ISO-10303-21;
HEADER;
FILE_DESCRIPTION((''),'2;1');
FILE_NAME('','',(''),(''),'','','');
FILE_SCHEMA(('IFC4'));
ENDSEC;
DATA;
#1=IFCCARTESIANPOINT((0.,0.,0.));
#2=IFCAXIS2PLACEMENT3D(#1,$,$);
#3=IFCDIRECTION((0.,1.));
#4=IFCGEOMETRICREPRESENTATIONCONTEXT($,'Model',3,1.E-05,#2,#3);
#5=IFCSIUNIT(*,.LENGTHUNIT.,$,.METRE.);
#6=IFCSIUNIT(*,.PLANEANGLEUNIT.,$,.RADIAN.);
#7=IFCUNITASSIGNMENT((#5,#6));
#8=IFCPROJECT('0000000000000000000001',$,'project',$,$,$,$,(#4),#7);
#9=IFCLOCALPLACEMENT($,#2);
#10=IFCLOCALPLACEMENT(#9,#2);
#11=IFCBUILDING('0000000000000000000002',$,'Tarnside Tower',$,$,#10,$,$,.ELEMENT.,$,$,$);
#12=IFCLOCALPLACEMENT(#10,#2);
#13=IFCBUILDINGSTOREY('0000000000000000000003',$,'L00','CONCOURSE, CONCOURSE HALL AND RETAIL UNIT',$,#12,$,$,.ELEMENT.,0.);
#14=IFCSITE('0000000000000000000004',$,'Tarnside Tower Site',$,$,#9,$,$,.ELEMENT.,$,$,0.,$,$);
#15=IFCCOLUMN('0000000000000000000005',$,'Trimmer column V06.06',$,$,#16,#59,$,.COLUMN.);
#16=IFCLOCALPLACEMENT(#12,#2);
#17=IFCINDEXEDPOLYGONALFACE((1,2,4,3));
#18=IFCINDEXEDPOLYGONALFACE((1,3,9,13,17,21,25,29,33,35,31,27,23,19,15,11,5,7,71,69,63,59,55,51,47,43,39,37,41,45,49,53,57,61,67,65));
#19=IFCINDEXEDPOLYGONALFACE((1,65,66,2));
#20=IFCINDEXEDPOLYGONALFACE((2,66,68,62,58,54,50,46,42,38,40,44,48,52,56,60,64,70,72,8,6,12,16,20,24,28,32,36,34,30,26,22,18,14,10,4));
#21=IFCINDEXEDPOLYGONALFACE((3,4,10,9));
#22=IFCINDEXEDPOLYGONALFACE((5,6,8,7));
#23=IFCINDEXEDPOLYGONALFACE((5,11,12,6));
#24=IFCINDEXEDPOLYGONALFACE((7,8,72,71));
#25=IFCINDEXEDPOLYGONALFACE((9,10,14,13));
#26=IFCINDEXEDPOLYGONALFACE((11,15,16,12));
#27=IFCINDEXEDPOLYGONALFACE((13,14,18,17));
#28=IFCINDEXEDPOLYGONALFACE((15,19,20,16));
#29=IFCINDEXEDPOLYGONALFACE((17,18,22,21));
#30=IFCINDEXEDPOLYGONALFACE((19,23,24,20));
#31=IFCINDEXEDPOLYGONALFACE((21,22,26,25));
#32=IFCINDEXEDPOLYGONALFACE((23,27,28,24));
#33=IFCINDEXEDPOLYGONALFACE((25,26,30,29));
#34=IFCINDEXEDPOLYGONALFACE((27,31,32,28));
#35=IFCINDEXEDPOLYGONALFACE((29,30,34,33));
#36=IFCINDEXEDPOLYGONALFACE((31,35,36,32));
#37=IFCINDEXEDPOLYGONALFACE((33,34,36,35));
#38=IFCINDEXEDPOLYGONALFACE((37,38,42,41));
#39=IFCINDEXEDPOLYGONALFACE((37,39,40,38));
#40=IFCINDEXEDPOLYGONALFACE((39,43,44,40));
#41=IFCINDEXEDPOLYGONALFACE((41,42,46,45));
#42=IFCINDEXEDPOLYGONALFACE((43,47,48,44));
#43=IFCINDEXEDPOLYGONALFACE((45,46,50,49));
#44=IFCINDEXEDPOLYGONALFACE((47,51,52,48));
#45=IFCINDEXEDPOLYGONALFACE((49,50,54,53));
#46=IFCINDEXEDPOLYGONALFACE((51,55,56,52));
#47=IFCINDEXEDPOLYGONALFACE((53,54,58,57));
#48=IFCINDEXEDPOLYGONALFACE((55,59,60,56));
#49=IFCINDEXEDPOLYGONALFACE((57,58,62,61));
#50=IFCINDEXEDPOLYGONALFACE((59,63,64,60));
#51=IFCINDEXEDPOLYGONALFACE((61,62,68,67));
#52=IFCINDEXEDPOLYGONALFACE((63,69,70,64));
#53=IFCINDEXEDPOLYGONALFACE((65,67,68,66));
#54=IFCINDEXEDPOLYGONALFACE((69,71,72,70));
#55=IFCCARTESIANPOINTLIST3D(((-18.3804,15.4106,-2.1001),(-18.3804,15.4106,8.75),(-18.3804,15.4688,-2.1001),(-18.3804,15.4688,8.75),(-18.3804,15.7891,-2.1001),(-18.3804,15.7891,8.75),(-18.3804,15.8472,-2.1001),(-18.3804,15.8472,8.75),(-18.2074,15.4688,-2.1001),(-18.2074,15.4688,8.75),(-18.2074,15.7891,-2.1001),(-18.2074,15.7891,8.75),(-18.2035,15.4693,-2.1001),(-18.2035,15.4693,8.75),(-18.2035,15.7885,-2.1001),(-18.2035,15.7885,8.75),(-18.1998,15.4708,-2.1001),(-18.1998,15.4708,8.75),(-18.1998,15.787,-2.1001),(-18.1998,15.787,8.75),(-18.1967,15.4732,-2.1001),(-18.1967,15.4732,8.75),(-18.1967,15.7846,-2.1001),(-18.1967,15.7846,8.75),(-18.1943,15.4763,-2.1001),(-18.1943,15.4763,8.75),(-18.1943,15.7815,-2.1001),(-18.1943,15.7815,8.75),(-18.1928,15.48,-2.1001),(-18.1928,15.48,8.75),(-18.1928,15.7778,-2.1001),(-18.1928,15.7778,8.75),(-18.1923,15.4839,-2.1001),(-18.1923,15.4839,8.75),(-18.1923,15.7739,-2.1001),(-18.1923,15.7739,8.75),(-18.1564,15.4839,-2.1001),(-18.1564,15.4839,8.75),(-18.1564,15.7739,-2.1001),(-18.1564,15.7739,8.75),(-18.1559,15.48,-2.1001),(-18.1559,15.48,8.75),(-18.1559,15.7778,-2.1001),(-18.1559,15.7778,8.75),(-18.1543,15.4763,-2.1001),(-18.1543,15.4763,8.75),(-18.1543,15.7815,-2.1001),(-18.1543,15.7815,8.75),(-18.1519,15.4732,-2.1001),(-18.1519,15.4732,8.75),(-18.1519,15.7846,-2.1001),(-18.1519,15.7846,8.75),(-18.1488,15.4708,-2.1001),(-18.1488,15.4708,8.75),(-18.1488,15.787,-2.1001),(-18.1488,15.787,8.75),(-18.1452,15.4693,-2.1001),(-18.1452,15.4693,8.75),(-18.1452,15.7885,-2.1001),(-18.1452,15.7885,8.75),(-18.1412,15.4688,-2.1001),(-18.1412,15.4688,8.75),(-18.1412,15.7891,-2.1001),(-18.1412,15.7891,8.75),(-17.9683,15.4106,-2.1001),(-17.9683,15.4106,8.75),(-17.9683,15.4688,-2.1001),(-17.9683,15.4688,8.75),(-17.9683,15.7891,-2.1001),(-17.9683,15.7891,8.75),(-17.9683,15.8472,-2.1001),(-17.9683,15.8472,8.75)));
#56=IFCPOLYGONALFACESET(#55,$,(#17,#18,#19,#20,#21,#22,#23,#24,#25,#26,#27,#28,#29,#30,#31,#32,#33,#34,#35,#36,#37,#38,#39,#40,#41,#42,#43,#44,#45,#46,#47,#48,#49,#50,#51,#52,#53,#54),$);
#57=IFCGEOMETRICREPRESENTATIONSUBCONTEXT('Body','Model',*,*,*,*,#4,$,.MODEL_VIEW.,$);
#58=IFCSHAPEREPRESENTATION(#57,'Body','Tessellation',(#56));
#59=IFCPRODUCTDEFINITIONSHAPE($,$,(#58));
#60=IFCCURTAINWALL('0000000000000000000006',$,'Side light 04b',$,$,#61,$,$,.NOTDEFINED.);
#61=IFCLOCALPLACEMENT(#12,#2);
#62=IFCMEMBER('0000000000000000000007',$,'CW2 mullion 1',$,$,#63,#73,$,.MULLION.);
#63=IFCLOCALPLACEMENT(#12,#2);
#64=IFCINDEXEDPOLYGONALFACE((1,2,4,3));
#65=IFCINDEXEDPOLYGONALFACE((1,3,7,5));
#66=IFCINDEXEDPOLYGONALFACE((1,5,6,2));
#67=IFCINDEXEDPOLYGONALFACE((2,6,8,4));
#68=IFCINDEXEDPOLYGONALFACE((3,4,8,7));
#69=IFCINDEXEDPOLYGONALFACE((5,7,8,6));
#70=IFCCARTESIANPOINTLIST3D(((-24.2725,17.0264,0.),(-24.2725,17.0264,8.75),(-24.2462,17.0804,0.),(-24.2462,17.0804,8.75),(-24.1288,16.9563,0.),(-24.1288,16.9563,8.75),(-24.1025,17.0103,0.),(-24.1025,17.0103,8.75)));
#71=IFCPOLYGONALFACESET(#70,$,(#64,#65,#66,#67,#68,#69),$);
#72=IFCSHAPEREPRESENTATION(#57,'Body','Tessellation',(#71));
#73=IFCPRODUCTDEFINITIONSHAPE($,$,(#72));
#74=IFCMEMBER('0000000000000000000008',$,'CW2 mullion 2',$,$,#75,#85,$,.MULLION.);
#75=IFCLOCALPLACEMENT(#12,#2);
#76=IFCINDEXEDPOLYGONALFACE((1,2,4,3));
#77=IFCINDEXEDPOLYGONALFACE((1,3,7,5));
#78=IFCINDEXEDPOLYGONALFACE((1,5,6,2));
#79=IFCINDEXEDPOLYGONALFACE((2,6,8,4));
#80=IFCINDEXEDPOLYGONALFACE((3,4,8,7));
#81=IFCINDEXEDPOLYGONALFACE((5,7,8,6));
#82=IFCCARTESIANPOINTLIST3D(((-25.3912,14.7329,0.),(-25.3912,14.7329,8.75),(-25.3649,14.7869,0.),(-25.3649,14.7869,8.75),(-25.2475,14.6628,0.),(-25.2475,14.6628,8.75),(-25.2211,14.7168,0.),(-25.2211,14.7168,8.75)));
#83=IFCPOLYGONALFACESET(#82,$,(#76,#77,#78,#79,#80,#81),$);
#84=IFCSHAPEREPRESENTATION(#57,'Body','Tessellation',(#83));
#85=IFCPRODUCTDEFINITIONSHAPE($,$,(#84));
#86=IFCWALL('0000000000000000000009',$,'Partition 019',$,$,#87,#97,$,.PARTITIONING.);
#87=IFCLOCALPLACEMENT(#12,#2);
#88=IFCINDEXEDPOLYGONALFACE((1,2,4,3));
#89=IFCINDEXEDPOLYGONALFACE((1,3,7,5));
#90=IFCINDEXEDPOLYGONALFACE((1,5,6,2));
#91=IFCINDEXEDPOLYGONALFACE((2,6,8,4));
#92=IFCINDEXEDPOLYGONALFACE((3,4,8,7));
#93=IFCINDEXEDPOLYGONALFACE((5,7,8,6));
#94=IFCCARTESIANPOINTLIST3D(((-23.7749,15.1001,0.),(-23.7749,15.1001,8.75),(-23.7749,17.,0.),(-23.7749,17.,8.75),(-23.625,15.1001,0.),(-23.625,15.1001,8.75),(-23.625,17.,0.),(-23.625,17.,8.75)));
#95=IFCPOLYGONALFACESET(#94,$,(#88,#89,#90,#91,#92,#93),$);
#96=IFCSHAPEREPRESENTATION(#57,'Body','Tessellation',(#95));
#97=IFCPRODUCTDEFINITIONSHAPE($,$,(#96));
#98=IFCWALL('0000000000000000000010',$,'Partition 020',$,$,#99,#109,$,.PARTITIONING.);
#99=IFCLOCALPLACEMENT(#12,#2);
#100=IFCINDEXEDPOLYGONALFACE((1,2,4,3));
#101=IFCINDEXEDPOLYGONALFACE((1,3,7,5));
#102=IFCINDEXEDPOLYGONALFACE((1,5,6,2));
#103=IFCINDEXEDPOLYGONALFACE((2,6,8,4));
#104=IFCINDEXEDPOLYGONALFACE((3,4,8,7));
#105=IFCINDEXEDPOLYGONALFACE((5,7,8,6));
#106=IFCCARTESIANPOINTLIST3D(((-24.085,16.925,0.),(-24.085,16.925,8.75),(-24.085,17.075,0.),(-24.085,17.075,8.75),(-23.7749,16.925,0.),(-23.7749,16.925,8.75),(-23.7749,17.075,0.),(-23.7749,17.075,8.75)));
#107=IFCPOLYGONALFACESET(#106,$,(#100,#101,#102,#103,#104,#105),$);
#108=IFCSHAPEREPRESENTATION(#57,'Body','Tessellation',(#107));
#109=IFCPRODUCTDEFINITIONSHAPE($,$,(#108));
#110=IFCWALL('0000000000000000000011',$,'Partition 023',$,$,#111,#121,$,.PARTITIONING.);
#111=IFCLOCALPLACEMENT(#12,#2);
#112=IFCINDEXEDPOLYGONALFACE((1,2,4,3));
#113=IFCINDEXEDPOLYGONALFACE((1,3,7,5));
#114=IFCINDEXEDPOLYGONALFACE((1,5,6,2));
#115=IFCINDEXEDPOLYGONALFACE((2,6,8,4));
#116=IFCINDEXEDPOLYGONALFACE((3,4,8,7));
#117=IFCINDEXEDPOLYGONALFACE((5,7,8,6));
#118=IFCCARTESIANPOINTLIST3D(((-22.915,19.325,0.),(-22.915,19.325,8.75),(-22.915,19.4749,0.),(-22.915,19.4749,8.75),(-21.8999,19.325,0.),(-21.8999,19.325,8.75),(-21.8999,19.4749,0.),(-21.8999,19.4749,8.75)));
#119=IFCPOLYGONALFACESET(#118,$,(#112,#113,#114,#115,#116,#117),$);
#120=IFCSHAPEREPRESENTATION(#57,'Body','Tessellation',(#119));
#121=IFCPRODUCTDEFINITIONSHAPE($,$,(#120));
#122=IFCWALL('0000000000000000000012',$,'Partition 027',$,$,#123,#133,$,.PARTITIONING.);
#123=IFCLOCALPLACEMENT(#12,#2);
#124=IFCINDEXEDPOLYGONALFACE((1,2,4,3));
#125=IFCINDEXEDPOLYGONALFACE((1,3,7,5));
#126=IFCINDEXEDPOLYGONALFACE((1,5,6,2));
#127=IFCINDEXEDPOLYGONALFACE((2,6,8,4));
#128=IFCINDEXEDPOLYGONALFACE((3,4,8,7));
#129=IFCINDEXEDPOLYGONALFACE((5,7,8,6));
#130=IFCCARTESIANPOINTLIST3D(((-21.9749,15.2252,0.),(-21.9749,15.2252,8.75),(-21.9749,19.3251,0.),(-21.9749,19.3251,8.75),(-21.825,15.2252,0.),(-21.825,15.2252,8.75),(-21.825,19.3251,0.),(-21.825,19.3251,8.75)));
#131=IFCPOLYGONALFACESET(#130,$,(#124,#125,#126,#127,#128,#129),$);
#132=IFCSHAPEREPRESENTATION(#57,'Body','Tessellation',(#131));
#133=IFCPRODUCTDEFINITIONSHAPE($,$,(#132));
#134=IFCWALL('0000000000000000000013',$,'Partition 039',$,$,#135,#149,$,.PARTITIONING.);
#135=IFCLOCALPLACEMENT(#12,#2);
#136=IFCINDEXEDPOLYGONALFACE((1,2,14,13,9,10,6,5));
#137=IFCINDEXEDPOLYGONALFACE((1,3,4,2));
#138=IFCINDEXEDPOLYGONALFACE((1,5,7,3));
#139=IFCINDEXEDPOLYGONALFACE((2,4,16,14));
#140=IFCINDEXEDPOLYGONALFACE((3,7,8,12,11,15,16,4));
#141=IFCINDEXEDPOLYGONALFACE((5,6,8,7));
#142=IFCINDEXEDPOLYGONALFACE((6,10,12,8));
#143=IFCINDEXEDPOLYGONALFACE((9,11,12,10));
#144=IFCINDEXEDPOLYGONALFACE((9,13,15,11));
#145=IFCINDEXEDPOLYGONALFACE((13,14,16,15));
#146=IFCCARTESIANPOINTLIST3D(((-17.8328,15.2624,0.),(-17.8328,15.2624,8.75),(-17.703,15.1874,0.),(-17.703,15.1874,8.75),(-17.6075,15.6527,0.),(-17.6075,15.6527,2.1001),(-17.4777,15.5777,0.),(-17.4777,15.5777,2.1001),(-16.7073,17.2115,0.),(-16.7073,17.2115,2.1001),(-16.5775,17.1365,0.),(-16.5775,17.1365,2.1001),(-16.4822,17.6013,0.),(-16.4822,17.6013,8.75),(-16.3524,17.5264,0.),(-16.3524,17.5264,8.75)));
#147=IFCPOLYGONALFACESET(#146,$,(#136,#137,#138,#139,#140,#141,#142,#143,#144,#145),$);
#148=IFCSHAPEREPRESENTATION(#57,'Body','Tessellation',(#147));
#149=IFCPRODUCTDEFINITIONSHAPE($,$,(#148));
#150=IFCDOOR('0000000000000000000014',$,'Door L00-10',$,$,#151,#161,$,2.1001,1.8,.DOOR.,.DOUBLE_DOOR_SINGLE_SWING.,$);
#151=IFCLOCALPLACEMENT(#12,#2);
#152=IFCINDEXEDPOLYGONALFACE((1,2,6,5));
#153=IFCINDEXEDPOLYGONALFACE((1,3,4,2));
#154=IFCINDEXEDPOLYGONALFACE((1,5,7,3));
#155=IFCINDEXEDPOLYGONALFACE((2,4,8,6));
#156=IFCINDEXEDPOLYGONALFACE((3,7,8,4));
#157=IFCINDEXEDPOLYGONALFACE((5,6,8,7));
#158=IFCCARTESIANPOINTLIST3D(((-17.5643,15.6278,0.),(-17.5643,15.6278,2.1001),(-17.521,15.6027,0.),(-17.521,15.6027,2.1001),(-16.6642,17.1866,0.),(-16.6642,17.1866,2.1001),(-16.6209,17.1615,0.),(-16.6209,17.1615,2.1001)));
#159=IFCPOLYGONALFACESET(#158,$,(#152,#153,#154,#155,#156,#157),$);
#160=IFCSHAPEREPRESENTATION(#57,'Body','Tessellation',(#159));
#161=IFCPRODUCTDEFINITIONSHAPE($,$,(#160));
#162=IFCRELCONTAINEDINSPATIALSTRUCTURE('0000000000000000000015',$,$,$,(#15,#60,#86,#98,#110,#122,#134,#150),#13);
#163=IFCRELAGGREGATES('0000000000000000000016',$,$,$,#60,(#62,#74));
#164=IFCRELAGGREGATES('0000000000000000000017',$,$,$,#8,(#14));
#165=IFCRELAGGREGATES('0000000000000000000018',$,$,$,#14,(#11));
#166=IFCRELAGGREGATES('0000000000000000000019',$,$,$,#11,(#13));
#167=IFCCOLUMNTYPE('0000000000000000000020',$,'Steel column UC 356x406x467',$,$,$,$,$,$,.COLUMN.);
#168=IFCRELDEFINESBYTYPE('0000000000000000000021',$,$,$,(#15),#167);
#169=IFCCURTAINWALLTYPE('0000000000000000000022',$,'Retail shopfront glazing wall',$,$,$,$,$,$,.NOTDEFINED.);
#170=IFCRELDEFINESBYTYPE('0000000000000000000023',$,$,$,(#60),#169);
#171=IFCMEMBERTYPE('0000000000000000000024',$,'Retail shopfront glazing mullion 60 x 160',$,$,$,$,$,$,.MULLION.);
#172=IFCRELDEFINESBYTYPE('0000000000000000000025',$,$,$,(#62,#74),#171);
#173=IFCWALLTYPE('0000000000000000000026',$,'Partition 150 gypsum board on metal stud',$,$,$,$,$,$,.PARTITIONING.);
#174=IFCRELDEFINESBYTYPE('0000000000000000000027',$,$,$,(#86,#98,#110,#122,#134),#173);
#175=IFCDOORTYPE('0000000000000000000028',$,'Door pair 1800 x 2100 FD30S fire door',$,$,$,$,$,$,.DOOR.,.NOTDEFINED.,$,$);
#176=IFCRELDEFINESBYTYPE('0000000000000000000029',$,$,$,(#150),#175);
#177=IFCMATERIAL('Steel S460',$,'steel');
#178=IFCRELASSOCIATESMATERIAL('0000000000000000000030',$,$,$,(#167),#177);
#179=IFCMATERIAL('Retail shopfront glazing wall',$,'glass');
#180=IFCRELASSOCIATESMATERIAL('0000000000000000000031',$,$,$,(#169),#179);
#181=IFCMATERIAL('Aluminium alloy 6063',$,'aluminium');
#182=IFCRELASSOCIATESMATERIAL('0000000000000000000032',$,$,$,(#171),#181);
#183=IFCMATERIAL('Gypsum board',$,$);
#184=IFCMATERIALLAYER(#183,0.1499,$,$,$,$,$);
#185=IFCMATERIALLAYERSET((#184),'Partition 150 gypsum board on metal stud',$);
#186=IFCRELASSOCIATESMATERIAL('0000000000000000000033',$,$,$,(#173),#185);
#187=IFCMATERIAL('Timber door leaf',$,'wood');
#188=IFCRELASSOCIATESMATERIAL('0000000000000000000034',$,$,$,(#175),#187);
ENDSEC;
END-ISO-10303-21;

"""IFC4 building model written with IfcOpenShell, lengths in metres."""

from ifc_helpers import new_model, si_unit, direction, frame, frame_2d, origin, origin_2d, place, context, subcontext, project, spatial, rectangle, i_section, extrude, material, layer, layer_set, material_profile, profile_set, type_object, element, fill, aggregate, save


model = new_model("IFC4")

# Units and contexts
model_context = context("Model", 3, precision=1e-05, world=origin(), true_north=direction((0.0, 1.0)))
body_context = subcontext(model_context, "Body", "Model", "MODEL_VIEW")
ifc_project = project(units=[si_unit("LENGTHUNIT", "METRE"), si_unit("PLANEANGLEUNIT", "RADIAN")], contexts=[model_context])

# Site, building, storey
site_placement = place(None, origin())
site = spatial("IfcSite", under=ifc_project, at=site_placement, Name="Tarnside Tower Site", CompositionType="ELEMENT", RefElevation=0.0)
building_placement = place(site_placement, origin())
building = spatial("IfcBuilding", under=site, at=building_placement, Name="Tarnside Tower", CompositionType="ELEMENT")
storey_placement = place(building_placement, origin())
storey = spatial("IfcBuildingStorey", under=building, at=storey_placement, Name="L00", Description="CONCOURSE, CONCOURSE HALL AND RETAIL UNIT", CompositionType="ELEMENT", Elevation=0.0)

# Column
ifc_material_1 = material(Name="Steel S460", Category="steel")
ifc_material_profile_1 = material_profile(ifc_material_1, i_section(OverallWidth=0.4121, OverallDepth=0.4365, WebThickness=0.0359, FlangeThickness=0.0581, FilletRadius=0.0151, at=origin_2d()), Name="UC 356x406x467")
ifc_profile_set_1 = profile_set([ifc_material_profile_1], Name="Steel S460")
column_type_1 = type_object("IfcColumnType", Name="Steel column UC 356x406x467", PredefinedType="COLUMN", material=ifc_profile_set_1)
for number, where, z_axis, x_axis, name in (
    (1, (-18.1743, 15.6289, -2.1001), (0.0, 0.0, 1.0), (1.0, 0.0, 0.0), "Trimmer column V06.06"),
):
    element("IfcColumn", number, at=place(storey_placement, frame(where, z_axis=z_axis, x_axis=x_axis)), inside=storey, type_object=column_type_1, Name=name, PredefinedType="COLUMN", context=body_context, shape_type="SweptSolid", body=[
        extrude(i_section(OverallWidth=0.4121, OverallDepth=0.4365, WebThickness=0.0359, FlangeThickness=0.0581, FilletRadius=0.0151, at=origin_2d()), origin(), (0.0, 0.0, 1.0), 10.8501),
    ])

# Curtain wall, members
ifc_material_2 = material(Name="Retail shopfront glazing wall", Category="glass")
curtain_wall_type = type_object("IfcCurtainWallType", Name="Retail shopfront glazing wall", PredefinedType="NOTDEFINED", material=ifc_material_2)
curtain_wall_placement = place(storey_placement, origin())
curtain_wall = element("IfcCurtainWall", 2, at=curtain_wall_placement, inside=storey, type_object=curtain_wall_type, Name="Side light 04b", PredefinedType="NOTDEFINED")
ifc_material_3 = material(Name="Aluminium alloy 6063", Category="aluminium")
ifc_material_profile_2 = material_profile(ifc_material_3, rectangle(XDim=0.1599, YDim=0.0601, at=origin_2d()), Name="Retail shopfront glazing mullion 60 x 160")
ifc_profile_set_2 = profile_set([ifc_material_profile_2], Name="Aluminium alloy 6063")
member_type = type_object("IfcMemberType", Name="Retail shopfront glazing mullion 60 x 160", PredefinedType="MULLION", material=ifc_profile_set_2)
member_1_placement = place(storey_placement, frame((-24.1875, 17.0183, 0.0), z_axis=(0.0, 0.0, 1.0), x_axis=(0.898794, -0.438371, 0.0)))
member_1 = element("IfcMember", 3, at=member_1_placement, type_object=member_type, Name="CW2 mullion 1", PredefinedType="MULLION", context=body_context, shape_type="SweptSolid", body=[
    extrude(rectangle(XDim=0.1599, YDim=0.0601, at=origin_2d()), origin(), (0.0, 0.0, 1.0), 8.75),
])
member_2_placement = place(storey_placement, frame((-25.3062, 14.7249, 0.0), z_axis=(0.0, 0.0, 1.0), x_axis=(0.898794, -0.438371, 0.0)))
member_2 = element("IfcMember", 4, at=member_2_placement, type_object=member_type, Name="CW2 mullion 2", PredefinedType="MULLION", context=body_context, shape_type="SweptSolid", body=[
    extrude(rectangle(XDim=0.1599, YDim=0.0601, at=origin_2d()), origin(), (0.0, 0.0, 1.0), 8.75),
])
aggregate(curtain_wall, [member_1, member_2])

# Walls
ifc_material_4 = material(Name="Gypsum board")
ifc_layer_1 = layer(ifc_material_4, 0.1499)
ifc_layer_set_1 = layer_set([ifc_layer_1], Name="Partition 150 gypsum board on metal stud")
wall_type_1 = type_object("IfcWallType", Name="Partition 150 gypsum board on metal stud", PredefinedType="PARTITIONING", material=ifc_layer_set_1)
wall_1_placement = place(storey_placement, frame((-23.7, 15.1001, 0.0), z_axis=(0.0, 0.0, 1.0), x_axis=(0.0, 1.0, 0.0)))
element("IfcWall", 5, at=wall_1_placement, inside=storey, type_object=wall_type_1, Name="Partition 019", PredefinedType="PARTITIONING", context=body_context, shape_type="SweptSolid", body=[
    extrude(rectangle(XDim=1.8999, YDim=0.1499, at=frame_2d((0.95, 0.0))), origin(), (0.0, 0.0, 1.0), 8.75),
])
wall_2_placement = place(storey_placement, frame((-23.7749, 17.0, 0.0), z_axis=(0.0, 0.0, 1.0), x_axis=(-1.0, 0.0, 0.0)))
element("IfcWall", 6, at=wall_2_placement, inside=storey, type_object=wall_type_1, Name="Partition 020", PredefinedType="PARTITIONING", context=body_context, shape_type="SweptSolid", body=[
    extrude(rectangle(XDim=0.3101, YDim=0.1499, at=frame_2d((0.155, 0.0))), origin(), (0.0, 0.0, 1.0), 8.75),
])
wall_3_placement = place(storey_placement, frame((-22.915, 19.3999, 0.0), z_axis=(0.0, 0.0, 1.0), x_axis=(1.0, 0.0, 0.0)))
element("IfcWall", 7, at=wall_3_placement, inside=storey, type_object=wall_type_1, Name="Partition 023", PredefinedType="PARTITIONING", context=body_context, shape_type="SweptSolid", body=[
    extrude(rectangle(XDim=1.0151, YDim=0.1499, at=frame_2d((0.5076, 0.0))), origin(), (0.0, 0.0, 1.0), 8.75),
])
wall_4_placement = place(storey_placement, frame((-21.8999, 19.325, 0.0), z_axis=(0.0, 0.0, 1.0), x_axis=(0.0, -1.0, 0.0)))
element("IfcWall", 8, at=wall_4_placement, inside=storey, type_object=wall_type_1, Name="Partition 027", PredefinedType="PARTITIONING", context=body_context, shape_type="SweptSolid", body=[
    extrude(rectangle(XDim=4.0999, YDim=0.1499, at=frame_2d((2.0498, 0.0))), origin(), (0.0, 0.0, 1.0), 8.75),
])

# Wall, opening, door
wall_5_placement = place(storey_placement, frame((-16.4172, 17.564, 0.0), z_axis=(0.0, 0.0, 1.0), x_axis=(-0.500067, -0.865987, 0.0)))
wall_5 = element("IfcWall", 9, at=wall_5_placement, inside=storey, type_object=wall_type_1, Name="Partition 039", PredefinedType="PARTITIONING", context=body_context, shape_type="SweptSolid", body=[
    extrude(rectangle(XDim=2.7009, YDim=0.1499, at=frame_2d((1.3506, 0.0))), origin(), (0.0, 0.0, 1.0), 8.75),
])
opening_1_placement = place(wall_5_placement, frame((0.4504, 0.0, 0.0)))
opening_1 = element("IfcOpeningElement", 10, at=opening_1_placement, cuts=wall_5, PredefinedType="OPENING", context=body_context, shape_type="SweptSolid", body=[
    extrude(rectangle(XDim=1.8, YDim=2.1001, at=frame_2d((0.8999, 1.05))), frame((0.0, 0.085, 0.0), z_axis=(0.0, -1.0, 0.0), x_axis=(1.0, 0.0, 0.0)), (0.0, 0.0, 1.0), 0.1699),
])
ifc_material_5 = material(Name="Timber door leaf", Category="wood")
door_type_1 = type_object("IfcDoorType", Name="Door pair 1800 x 2100 FD30S fire door", OperationType="NOTDEFINED", PredefinedType="DOOR", material=ifc_material_5)
door_1_placement = place(opening_1_placement, origin())
door_1 = element("IfcDoor", 11, at=door_1_placement, inside=storey, type_object=door_type_1, Name="Door L00-10", OperationType="DOUBLE_DOOR_SINGLE_SWING", OverallHeight=2.1001, OverallWidth=1.8, PredefinedType="DOOR", context=body_context, shape_type="SweptSolid", body=[
    extrude(rectangle(XDim=1.8, YDim=2.1001, at=frame_2d((0.8999, 1.05))), frame((0.0, 0.0249, 0.0), z_axis=(0.0, -1.0, 0.0), x_axis=(1.0, 0.0, 0.0)), (0.0, 0.0, 1.0), 0.05),
])
fill(opening_1, door_1)

save(model, "model.ifc")
